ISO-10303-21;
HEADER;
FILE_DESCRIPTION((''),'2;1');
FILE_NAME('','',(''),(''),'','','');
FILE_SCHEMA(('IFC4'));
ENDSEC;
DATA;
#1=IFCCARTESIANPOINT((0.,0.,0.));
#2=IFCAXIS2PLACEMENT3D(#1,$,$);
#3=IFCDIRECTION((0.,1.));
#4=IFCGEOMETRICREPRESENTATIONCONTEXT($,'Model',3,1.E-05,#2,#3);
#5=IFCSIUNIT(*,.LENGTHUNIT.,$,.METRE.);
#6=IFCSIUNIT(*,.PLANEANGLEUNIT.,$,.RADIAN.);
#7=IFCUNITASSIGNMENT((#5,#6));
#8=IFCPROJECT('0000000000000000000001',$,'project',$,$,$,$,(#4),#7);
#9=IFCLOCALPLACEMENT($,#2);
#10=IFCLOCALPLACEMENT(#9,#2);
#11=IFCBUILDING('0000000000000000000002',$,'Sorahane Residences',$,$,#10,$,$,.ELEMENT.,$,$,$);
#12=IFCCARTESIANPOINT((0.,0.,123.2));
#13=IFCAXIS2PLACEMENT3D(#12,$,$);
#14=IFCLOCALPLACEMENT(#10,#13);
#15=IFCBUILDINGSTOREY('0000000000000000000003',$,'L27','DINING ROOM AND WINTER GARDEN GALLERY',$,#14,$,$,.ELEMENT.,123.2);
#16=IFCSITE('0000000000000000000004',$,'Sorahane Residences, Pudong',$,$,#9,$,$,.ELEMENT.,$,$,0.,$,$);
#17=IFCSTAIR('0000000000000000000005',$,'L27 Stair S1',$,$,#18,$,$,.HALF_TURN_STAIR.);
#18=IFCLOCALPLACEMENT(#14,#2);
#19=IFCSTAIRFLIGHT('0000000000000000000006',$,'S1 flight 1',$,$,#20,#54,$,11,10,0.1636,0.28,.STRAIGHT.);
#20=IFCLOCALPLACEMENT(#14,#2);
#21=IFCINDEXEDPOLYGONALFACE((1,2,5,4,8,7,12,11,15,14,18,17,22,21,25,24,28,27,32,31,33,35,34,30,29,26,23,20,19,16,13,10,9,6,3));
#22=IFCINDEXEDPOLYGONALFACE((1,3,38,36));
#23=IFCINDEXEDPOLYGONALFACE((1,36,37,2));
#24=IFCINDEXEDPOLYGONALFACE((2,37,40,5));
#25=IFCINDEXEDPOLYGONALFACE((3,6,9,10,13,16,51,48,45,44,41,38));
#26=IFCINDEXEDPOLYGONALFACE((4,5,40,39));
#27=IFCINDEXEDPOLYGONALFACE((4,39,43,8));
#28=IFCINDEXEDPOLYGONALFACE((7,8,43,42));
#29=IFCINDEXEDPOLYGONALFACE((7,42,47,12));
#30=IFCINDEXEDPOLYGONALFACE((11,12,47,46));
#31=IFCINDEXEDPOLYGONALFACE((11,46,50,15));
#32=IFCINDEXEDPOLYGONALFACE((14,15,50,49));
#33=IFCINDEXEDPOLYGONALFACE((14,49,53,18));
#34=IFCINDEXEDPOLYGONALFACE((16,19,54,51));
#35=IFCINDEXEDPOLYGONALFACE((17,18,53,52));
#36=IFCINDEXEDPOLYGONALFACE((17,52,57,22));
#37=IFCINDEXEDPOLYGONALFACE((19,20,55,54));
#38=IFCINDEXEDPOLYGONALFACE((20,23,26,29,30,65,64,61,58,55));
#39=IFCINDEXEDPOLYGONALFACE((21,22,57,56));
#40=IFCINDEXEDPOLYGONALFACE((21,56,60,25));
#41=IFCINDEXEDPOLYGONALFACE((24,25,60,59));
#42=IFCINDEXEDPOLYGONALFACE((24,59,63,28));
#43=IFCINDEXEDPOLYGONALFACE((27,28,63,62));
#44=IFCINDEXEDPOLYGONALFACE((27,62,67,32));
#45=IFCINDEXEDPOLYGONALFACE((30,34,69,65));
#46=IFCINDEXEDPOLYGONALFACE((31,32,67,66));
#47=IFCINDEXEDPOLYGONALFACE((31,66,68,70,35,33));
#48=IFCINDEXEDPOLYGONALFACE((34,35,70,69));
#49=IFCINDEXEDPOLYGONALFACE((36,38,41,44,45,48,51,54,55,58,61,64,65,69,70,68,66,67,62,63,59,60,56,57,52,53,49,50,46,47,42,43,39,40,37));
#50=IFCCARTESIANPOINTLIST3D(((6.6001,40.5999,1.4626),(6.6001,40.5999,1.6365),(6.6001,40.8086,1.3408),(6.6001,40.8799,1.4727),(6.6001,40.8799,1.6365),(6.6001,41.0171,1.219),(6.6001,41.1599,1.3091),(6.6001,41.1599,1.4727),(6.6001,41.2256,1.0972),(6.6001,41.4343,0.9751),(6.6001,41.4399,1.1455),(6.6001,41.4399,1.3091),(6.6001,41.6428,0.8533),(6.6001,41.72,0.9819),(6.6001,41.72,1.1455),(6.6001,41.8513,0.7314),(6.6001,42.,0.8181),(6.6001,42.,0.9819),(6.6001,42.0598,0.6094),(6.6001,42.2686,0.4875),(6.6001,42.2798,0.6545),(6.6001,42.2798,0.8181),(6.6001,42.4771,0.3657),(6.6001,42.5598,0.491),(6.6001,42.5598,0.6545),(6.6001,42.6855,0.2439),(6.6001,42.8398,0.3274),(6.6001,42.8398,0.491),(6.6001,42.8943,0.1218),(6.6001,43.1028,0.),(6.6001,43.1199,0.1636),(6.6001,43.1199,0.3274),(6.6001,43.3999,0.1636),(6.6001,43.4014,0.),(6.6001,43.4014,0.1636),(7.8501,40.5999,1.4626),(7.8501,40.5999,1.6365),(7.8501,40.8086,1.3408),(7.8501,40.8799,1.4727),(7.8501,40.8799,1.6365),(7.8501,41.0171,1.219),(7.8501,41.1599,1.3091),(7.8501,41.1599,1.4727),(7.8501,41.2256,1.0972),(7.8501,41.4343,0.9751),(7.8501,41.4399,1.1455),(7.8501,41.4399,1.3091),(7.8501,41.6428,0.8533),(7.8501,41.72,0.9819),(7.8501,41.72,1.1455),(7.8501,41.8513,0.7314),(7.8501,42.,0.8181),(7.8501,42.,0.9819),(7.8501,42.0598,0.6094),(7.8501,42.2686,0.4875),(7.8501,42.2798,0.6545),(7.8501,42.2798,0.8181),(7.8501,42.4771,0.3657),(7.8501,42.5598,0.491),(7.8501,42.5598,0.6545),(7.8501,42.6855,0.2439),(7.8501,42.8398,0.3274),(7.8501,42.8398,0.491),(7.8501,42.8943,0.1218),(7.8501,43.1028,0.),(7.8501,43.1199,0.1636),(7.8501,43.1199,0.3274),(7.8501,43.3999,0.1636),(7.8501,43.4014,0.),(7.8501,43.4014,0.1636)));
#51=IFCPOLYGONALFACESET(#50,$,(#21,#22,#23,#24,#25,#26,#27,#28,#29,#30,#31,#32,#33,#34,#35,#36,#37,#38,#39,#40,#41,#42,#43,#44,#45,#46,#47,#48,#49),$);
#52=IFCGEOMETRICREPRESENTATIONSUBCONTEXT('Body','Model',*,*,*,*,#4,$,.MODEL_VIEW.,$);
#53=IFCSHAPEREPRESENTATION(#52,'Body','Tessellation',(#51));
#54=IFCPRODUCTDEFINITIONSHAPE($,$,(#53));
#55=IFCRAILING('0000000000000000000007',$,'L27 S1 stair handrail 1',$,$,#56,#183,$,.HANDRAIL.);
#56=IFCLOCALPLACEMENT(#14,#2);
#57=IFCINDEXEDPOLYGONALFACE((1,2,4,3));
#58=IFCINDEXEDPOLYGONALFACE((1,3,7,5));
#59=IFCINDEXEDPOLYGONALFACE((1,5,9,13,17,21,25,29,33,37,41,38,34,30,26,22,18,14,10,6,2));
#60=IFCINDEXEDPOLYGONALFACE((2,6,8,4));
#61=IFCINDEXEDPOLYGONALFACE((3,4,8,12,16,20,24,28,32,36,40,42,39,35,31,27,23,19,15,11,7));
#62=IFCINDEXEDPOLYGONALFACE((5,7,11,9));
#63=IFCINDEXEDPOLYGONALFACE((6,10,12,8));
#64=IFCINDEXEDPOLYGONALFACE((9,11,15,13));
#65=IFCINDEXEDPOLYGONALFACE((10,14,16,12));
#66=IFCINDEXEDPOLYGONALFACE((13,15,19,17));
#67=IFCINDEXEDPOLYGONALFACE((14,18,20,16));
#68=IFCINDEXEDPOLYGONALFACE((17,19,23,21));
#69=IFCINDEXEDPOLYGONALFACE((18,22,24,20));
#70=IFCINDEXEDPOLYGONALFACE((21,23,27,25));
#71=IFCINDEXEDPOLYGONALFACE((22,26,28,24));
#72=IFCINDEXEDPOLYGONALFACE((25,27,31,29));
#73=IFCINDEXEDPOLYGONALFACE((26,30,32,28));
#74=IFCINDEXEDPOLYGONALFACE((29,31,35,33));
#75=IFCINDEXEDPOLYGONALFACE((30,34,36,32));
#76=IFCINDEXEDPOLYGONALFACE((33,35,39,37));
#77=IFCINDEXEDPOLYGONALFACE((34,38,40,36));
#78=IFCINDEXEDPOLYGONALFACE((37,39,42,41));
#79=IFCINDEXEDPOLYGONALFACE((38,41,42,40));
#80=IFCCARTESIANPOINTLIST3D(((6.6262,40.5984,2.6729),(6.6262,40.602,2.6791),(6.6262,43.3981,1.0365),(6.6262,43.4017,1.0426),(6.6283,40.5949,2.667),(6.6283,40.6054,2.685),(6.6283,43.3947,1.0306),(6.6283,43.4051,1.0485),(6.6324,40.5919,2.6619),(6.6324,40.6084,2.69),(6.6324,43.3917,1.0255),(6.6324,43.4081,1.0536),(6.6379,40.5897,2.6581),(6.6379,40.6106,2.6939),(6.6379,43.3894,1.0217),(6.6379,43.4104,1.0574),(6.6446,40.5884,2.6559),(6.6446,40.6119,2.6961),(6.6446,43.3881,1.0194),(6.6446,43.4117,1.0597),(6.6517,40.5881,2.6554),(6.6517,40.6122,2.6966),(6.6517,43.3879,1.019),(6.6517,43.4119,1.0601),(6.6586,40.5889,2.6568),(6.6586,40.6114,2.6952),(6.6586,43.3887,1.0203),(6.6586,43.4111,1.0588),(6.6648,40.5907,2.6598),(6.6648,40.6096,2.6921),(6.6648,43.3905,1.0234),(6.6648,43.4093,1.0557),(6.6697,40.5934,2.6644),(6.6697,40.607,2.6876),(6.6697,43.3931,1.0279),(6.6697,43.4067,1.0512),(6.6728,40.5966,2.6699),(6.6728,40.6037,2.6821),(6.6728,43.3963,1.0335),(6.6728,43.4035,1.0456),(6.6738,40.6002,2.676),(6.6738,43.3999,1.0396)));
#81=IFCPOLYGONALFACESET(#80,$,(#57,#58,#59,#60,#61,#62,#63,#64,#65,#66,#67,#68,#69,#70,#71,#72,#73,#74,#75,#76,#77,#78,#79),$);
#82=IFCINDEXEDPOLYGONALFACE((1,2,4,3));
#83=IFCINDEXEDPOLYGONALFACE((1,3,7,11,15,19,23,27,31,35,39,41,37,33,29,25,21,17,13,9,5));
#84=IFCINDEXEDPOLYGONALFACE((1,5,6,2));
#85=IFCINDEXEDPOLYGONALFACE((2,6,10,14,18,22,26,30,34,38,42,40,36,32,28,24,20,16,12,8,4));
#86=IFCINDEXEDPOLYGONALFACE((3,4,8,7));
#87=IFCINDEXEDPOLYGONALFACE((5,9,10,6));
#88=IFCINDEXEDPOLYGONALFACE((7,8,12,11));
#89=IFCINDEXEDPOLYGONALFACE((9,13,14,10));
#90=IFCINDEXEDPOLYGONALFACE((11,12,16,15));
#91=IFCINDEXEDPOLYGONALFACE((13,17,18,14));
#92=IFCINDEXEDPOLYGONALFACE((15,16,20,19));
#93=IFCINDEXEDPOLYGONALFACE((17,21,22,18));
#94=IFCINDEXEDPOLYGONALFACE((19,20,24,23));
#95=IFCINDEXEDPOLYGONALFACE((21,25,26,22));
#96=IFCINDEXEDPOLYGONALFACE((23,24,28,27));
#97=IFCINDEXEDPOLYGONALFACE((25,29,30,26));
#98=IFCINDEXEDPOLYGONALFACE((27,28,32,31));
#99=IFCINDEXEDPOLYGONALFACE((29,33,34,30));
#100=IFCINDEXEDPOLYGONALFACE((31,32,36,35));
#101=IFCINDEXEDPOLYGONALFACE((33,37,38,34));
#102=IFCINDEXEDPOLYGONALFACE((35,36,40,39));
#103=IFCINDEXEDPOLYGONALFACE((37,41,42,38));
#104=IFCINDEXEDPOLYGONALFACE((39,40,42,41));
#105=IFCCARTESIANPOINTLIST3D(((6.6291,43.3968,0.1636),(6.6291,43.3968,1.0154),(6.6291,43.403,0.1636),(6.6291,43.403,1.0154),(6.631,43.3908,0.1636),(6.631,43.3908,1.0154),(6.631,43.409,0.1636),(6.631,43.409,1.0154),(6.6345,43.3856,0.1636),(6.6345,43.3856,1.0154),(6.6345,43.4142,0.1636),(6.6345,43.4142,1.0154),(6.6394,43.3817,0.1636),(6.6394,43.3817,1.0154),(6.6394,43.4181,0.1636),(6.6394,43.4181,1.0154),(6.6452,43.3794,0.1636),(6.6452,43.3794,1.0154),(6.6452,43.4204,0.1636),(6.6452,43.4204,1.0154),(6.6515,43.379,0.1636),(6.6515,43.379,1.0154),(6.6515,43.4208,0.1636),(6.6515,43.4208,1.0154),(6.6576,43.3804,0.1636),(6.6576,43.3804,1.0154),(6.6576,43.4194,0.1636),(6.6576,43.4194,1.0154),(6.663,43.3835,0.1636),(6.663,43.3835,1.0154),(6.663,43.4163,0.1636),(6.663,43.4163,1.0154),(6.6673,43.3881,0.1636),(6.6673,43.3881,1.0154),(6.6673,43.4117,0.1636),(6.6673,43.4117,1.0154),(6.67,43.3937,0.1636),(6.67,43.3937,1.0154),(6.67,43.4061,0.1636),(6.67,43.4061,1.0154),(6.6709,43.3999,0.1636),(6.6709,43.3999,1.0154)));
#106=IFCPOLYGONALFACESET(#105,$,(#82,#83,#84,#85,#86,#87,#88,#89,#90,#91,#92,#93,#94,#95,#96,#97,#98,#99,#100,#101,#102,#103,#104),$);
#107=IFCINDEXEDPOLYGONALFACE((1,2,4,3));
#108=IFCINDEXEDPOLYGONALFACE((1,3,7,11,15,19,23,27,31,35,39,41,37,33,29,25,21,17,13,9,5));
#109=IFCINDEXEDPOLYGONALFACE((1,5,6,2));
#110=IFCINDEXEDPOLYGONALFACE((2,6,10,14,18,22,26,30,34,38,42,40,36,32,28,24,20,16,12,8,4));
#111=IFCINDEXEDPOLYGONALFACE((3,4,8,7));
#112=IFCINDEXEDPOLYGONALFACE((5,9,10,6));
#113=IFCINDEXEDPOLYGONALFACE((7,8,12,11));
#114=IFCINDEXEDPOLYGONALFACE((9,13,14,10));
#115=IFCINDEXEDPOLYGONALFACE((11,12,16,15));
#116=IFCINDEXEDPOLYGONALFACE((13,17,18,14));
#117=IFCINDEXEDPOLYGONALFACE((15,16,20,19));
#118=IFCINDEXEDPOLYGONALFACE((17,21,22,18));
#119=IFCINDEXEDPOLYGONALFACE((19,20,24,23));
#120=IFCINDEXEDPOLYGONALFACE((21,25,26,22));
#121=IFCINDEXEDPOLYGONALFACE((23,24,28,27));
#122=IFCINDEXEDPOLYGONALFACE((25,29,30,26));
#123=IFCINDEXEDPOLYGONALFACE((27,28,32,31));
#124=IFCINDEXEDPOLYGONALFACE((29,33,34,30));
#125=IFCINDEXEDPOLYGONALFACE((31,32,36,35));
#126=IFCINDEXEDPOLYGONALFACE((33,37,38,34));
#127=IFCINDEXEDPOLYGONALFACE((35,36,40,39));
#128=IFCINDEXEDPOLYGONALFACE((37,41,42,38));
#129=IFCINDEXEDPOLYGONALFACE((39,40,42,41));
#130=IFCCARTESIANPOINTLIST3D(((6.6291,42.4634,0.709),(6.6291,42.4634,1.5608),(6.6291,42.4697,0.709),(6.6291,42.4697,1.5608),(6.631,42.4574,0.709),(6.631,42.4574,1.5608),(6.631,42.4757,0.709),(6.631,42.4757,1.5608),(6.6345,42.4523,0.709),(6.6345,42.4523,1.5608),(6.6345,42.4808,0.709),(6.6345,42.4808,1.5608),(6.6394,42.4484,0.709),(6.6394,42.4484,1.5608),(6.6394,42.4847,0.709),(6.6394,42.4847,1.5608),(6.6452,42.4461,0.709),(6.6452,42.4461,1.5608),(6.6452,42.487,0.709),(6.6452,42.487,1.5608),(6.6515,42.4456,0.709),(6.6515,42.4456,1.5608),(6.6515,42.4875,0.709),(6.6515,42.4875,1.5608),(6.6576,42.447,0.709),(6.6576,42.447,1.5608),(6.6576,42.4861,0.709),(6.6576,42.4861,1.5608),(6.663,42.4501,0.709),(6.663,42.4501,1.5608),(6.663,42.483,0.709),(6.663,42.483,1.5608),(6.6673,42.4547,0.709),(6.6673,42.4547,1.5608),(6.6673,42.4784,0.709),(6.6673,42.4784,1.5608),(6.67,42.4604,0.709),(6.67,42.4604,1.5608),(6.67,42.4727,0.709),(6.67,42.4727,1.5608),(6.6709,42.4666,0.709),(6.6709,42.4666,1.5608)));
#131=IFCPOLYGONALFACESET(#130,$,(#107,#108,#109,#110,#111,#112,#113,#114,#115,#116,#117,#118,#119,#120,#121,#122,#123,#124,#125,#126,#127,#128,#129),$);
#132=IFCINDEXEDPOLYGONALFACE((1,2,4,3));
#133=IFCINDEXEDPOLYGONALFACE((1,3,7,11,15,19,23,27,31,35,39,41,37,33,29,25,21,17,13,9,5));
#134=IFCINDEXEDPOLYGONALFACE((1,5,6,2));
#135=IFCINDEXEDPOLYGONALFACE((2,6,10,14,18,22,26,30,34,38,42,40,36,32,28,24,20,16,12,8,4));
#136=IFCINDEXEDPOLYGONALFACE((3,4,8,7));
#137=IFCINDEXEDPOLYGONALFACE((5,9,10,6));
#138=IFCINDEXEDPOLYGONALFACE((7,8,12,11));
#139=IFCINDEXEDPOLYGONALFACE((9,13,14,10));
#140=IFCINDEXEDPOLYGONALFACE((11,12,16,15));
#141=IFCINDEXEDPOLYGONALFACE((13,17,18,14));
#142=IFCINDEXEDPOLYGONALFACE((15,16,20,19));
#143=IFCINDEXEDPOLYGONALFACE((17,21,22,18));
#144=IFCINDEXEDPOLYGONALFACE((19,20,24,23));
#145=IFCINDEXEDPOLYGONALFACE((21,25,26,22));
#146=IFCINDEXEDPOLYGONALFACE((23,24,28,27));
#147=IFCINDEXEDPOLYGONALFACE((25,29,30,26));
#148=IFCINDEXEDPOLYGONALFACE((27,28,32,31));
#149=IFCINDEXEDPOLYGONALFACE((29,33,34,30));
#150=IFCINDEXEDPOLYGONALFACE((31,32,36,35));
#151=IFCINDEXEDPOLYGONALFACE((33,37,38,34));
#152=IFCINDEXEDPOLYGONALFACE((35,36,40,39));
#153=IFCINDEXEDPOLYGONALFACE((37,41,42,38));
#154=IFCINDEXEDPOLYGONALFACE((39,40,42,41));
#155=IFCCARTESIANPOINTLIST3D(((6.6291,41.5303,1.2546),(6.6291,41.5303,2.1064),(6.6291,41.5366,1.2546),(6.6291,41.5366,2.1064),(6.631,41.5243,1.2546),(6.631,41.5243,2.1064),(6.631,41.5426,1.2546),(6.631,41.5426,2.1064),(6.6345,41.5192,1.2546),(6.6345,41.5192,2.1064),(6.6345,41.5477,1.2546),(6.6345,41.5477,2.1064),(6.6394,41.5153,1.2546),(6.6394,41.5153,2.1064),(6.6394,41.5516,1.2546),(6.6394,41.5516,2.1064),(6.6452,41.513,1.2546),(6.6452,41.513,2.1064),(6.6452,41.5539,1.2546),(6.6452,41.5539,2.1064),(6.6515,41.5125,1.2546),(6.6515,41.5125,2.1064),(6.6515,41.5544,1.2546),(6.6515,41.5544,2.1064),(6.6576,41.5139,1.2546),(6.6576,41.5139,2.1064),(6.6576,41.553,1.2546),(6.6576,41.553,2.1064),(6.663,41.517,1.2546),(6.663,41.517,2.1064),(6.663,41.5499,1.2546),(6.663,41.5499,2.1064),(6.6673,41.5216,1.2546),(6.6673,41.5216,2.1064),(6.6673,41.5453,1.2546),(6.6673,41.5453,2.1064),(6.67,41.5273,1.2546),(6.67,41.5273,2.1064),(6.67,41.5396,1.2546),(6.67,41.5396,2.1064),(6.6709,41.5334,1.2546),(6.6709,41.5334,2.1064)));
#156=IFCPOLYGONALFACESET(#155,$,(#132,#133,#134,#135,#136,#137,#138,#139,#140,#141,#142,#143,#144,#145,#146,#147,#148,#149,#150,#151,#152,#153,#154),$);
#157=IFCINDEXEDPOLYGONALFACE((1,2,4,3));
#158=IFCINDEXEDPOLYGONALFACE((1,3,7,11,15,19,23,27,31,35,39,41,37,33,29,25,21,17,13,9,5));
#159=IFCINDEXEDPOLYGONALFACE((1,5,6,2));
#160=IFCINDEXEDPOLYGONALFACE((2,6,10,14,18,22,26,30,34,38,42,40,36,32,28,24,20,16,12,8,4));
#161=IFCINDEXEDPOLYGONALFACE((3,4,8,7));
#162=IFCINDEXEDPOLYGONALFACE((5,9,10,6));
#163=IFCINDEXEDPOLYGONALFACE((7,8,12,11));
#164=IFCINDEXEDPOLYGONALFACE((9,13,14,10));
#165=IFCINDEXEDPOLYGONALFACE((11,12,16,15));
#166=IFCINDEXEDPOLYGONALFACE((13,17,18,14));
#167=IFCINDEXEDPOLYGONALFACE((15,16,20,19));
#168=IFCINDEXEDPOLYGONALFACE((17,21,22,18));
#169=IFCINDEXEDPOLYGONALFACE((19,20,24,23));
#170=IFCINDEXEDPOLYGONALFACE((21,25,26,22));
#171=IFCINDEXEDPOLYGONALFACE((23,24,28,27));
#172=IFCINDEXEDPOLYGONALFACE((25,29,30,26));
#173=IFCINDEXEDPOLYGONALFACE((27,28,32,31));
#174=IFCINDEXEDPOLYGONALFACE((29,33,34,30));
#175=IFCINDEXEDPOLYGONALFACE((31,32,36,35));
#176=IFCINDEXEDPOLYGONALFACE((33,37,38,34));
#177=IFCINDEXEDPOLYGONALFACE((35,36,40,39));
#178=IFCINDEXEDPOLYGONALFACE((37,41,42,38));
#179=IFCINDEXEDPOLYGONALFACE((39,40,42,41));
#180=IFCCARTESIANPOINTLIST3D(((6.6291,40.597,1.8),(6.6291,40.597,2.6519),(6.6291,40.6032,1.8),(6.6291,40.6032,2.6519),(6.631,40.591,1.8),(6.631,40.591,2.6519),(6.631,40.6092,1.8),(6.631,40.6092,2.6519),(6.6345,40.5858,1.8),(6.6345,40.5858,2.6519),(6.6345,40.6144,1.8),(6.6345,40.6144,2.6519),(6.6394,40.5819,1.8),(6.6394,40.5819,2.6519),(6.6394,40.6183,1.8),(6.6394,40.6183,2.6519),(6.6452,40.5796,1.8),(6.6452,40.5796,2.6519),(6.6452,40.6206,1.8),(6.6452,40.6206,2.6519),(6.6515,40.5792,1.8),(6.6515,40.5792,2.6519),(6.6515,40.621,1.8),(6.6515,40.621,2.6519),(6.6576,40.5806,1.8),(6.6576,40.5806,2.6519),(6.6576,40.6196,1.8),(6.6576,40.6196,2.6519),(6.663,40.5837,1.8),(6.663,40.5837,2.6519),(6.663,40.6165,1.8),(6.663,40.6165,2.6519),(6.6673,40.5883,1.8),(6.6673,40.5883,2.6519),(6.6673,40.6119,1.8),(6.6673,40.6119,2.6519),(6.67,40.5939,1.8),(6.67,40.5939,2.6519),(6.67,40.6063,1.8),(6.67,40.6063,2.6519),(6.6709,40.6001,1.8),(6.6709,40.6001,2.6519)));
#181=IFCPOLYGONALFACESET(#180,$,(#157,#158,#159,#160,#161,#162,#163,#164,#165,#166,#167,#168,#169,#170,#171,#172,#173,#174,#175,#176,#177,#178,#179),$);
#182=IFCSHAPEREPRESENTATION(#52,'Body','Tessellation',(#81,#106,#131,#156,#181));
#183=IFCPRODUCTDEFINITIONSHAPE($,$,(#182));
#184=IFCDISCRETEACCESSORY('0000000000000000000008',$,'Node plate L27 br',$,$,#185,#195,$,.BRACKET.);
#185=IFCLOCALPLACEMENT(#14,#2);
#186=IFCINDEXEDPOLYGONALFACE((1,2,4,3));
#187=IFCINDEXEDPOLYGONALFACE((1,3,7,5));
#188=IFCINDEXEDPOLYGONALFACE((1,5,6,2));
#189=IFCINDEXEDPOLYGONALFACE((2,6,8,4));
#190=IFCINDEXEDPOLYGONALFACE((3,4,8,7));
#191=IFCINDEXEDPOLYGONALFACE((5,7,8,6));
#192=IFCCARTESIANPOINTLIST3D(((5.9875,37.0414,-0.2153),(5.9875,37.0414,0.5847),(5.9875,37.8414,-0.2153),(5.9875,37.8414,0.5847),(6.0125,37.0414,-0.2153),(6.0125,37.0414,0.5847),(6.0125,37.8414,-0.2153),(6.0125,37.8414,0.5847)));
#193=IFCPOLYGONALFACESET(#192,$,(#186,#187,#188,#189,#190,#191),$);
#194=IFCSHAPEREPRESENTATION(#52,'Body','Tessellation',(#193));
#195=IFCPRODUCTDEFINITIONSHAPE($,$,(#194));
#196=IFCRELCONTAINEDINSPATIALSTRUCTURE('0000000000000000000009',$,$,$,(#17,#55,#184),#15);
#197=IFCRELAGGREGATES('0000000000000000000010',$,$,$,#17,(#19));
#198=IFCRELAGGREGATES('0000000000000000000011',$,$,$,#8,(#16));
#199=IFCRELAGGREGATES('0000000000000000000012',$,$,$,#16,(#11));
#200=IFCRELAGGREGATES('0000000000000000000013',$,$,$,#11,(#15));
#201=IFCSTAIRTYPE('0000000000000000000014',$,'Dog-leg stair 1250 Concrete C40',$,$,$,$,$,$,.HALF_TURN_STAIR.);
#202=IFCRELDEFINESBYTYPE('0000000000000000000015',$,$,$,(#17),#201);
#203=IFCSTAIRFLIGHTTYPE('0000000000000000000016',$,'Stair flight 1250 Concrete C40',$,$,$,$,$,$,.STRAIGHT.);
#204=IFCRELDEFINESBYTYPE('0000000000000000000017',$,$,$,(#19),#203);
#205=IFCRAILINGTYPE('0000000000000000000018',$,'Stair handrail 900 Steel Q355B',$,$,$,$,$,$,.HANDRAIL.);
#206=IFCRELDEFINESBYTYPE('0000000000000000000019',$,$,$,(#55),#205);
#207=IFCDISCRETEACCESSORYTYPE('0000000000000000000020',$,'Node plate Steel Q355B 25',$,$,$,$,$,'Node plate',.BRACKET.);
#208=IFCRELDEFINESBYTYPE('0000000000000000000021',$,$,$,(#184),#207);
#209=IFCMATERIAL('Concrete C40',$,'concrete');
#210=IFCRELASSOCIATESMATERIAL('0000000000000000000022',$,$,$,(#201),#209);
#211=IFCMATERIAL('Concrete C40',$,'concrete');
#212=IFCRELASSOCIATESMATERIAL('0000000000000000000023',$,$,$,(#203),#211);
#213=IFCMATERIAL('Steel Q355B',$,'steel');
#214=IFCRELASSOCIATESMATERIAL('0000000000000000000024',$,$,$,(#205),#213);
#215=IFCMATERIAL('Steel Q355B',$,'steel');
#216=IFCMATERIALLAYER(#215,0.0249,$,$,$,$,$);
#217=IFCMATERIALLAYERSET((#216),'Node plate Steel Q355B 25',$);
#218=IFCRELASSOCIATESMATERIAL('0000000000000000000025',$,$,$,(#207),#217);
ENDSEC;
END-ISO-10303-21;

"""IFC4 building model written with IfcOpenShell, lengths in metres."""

from ifc_helpers import new_model, si_unit, direction, frame, origin, origin_2d, place, context, subcontext, project, spatial, polyline, rectangle, circle, outline, extrude, material, layer, layer_set, type_object, element, aggregate, save


model = new_model("IFC4")

# Units and contexts
model_context = context("Model", 3, precision=1e-05, world=origin(), true_north=direction((0.0, 1.0)))
body_context = subcontext(model_context, "Body", "Model", "MODEL_VIEW")
ifc_project = project(units=[si_unit("LENGTHUNIT", "METRE"), si_unit("PLANEANGLEUNIT", "RADIAN")], contexts=[model_context])

# Site, building, storey
site_placement = place(None, origin())
site = spatial("IfcSite", under=ifc_project, at=site_placement, Name="Sorahane Residences, Pudong", CompositionType="ELEMENT", RefElevation=0.0)
building_placement = place(site_placement, origin())
building = spatial("IfcBuilding", under=site, at=building_placement, Name="Sorahane Residences", CompositionType="ELEMENT")
storey_placement = place(building_placement, frame((0.0, 0.0, 123.2)))
storey = spatial("IfcBuildingStorey", under=building, at=storey_placement, Name="L27", Description="DINING ROOM AND WINTER GARDEN GALLERY", CompositionType="ELEMENT", Elevation=123.2)

# Stair, stair flight
ifc_material_1 = material(Name="Concrete C40", Category="concrete")
stair_type = type_object("IfcStairType", Name="Dog-leg stair 1250 Concrete C40", PredefinedType="HALF_TURN_STAIR", material=ifc_material_1)
stair_placement = place(storey_placement, origin())
stair = element("IfcStair", 1, at=stair_placement, inside=storey, type_object=stair_type, Name="L27 Stair S1", PredefinedType="HALF_TURN_STAIR")
ifc_material_2 = material(Name="Concrete C40", Category="concrete")
stair_flight_type = type_object("IfcStairFlightType", Name="Stair flight 1250 Concrete C40", PredefinedType="STRAIGHT", material=ifc_material_2)
stair_flight_placement = place(storey_placement, frame((7.2251, 43.3999, 0.0), z_axis=(0.0, 0.0, 1.0), x_axis=(0.0, -1.0, 0.0)))
stair_flight = element("IfcStairFlight", 2, at=stair_flight_placement, type_object=stair_flight_type, Name="S1 flight 1", NumberOfRisers=11, NumberOfTreads=10, PredefinedType="STRAIGHT", RiserHeight=0.1636, TreadLength=0.28, context=body_context, shape_type="SweptSolid", body=[
    extrude(outline(polyline([(-0.0015, 0.0), (-0.0015, 0.1636), (0.0, 0.1636), (0.28, 0.1636), (0.28, 0.3274), (0.5601, 0.3274), (0.5601, 0.491), (0.8401, 0.491), (0.8401, 0.6545), (1.1201, 0.6545), (1.1201, 0.8181), (1.3999, 0.8181), (1.3999, 0.9819), (1.6799, 0.9819), (1.6799, 1.1455), (1.96, 1.1455), (1.96, 1.3091), (2.24, 1.3091), (2.24, 1.4727), (2.52, 1.4727), (2.52, 1.6365), (2.8, 1.6365), (2.8, 1.8), (2.8, 1.4626), (2.5913, 1.3408), (2.3828, 1.219), (2.1743, 1.0972), (1.9656, 0.9751), (1.7571, 0.8533), (1.5486, 0.7314), (1.3401, 0.6094), (1.1313, 0.4875), (0.9229, 0.3657), (0.7144, 0.2439), (0.5056, 0.1218), (0.2971, 0.0), (-0.0015, 0.0)])), frame((0.0, 0.625, 0.0), z_axis=(0.0, -1.0, 0.0), x_axis=(1.0, 0.0, 0.0)), (0.0, 0.0, 1.0), 1.25),
])
aggregate(stair, [stair_flight])

# Railing
ifc_material_3 = material(Name="Steel Q355B", Category="steel")
railing_type = type_object("IfcRailingType", Name="Stair handrail 900 Steel Q355B", PredefinedType="HANDRAIL", material=ifc_material_3)
railing_placement = place(storey_placement, frame((6.6499, 43.3999, 0.1636)))
element("IfcRailing", 3, at=railing_placement, inside=storey, type_object=railing_type, Name="L27 S1 stair handrail 1", PredefinedType="HANDRAIL", context=body_context, shape_type="SweptSolid", body=[
    extrude(circle(Radius=0.0239, at=origin_2d()), frame((0.0, 0.0, 0.876), z_axis=(0.0, -0.863342, 0.50462), x_axis=(1.0, 0.0, 0.0)), (0.0, 0.0, 1.0), 3.2429),
    extrude(circle(Radius=0.021, at=origin_2d()), origin(), (0.0, 0.0, 1.0), 0.8518),
    extrude(circle(Radius=0.021, at=origin_2d()), frame((0.0, -0.9333, 0.5454)), (0.0, 0.0, 1.0), 0.8518),
    extrude(circle(Radius=0.021, at=origin_2d()), frame((0.0, -1.8665, 1.0911)), (0.0, 0.0, 1.0), 0.8518),
    extrude(circle(Radius=0.021, at=origin_2d()), frame((0.0, -2.7998, 1.6365)), (0.0, 0.0, 1.0), 0.8518),
])

# Discrete accessory
ifc_material_4 = material(Name="Steel Q355B", Category="steel")
ifc_layer_1 = layer(ifc_material_4, 0.0249)
ifc_layer_set_1 = layer_set([ifc_layer_1], Name="Node plate Steel Q355B 25")
discrete_accessory_type = type_object("IfcDiscreteAccessoryType", Name="Node plate Steel Q355B 25", ElementType="Node plate", PredefinedType="BRACKET", material=ifc_layer_set_1)
discrete_accessory_placement = place(storey_placement, frame((6.0, 37.4414, -0.2153), z_axis=(0.0, 0.0, 1.0), x_axis=(0.0, 1.0, 0.0)))
element("IfcDiscreteAccessory", 4, at=discrete_accessory_placement, inside=storey, type_object=discrete_accessory_type, Name="Node plate L27 br", PredefinedType="BRACKET", context=body_context, shape_type="SweptSolid", body=[
    extrude(rectangle(XDim=0.8, YDim=0.0249, at=origin_2d()), origin(), (0.0, 0.0, 1.0), 0.8),
])

save(model, "model.ifc")
